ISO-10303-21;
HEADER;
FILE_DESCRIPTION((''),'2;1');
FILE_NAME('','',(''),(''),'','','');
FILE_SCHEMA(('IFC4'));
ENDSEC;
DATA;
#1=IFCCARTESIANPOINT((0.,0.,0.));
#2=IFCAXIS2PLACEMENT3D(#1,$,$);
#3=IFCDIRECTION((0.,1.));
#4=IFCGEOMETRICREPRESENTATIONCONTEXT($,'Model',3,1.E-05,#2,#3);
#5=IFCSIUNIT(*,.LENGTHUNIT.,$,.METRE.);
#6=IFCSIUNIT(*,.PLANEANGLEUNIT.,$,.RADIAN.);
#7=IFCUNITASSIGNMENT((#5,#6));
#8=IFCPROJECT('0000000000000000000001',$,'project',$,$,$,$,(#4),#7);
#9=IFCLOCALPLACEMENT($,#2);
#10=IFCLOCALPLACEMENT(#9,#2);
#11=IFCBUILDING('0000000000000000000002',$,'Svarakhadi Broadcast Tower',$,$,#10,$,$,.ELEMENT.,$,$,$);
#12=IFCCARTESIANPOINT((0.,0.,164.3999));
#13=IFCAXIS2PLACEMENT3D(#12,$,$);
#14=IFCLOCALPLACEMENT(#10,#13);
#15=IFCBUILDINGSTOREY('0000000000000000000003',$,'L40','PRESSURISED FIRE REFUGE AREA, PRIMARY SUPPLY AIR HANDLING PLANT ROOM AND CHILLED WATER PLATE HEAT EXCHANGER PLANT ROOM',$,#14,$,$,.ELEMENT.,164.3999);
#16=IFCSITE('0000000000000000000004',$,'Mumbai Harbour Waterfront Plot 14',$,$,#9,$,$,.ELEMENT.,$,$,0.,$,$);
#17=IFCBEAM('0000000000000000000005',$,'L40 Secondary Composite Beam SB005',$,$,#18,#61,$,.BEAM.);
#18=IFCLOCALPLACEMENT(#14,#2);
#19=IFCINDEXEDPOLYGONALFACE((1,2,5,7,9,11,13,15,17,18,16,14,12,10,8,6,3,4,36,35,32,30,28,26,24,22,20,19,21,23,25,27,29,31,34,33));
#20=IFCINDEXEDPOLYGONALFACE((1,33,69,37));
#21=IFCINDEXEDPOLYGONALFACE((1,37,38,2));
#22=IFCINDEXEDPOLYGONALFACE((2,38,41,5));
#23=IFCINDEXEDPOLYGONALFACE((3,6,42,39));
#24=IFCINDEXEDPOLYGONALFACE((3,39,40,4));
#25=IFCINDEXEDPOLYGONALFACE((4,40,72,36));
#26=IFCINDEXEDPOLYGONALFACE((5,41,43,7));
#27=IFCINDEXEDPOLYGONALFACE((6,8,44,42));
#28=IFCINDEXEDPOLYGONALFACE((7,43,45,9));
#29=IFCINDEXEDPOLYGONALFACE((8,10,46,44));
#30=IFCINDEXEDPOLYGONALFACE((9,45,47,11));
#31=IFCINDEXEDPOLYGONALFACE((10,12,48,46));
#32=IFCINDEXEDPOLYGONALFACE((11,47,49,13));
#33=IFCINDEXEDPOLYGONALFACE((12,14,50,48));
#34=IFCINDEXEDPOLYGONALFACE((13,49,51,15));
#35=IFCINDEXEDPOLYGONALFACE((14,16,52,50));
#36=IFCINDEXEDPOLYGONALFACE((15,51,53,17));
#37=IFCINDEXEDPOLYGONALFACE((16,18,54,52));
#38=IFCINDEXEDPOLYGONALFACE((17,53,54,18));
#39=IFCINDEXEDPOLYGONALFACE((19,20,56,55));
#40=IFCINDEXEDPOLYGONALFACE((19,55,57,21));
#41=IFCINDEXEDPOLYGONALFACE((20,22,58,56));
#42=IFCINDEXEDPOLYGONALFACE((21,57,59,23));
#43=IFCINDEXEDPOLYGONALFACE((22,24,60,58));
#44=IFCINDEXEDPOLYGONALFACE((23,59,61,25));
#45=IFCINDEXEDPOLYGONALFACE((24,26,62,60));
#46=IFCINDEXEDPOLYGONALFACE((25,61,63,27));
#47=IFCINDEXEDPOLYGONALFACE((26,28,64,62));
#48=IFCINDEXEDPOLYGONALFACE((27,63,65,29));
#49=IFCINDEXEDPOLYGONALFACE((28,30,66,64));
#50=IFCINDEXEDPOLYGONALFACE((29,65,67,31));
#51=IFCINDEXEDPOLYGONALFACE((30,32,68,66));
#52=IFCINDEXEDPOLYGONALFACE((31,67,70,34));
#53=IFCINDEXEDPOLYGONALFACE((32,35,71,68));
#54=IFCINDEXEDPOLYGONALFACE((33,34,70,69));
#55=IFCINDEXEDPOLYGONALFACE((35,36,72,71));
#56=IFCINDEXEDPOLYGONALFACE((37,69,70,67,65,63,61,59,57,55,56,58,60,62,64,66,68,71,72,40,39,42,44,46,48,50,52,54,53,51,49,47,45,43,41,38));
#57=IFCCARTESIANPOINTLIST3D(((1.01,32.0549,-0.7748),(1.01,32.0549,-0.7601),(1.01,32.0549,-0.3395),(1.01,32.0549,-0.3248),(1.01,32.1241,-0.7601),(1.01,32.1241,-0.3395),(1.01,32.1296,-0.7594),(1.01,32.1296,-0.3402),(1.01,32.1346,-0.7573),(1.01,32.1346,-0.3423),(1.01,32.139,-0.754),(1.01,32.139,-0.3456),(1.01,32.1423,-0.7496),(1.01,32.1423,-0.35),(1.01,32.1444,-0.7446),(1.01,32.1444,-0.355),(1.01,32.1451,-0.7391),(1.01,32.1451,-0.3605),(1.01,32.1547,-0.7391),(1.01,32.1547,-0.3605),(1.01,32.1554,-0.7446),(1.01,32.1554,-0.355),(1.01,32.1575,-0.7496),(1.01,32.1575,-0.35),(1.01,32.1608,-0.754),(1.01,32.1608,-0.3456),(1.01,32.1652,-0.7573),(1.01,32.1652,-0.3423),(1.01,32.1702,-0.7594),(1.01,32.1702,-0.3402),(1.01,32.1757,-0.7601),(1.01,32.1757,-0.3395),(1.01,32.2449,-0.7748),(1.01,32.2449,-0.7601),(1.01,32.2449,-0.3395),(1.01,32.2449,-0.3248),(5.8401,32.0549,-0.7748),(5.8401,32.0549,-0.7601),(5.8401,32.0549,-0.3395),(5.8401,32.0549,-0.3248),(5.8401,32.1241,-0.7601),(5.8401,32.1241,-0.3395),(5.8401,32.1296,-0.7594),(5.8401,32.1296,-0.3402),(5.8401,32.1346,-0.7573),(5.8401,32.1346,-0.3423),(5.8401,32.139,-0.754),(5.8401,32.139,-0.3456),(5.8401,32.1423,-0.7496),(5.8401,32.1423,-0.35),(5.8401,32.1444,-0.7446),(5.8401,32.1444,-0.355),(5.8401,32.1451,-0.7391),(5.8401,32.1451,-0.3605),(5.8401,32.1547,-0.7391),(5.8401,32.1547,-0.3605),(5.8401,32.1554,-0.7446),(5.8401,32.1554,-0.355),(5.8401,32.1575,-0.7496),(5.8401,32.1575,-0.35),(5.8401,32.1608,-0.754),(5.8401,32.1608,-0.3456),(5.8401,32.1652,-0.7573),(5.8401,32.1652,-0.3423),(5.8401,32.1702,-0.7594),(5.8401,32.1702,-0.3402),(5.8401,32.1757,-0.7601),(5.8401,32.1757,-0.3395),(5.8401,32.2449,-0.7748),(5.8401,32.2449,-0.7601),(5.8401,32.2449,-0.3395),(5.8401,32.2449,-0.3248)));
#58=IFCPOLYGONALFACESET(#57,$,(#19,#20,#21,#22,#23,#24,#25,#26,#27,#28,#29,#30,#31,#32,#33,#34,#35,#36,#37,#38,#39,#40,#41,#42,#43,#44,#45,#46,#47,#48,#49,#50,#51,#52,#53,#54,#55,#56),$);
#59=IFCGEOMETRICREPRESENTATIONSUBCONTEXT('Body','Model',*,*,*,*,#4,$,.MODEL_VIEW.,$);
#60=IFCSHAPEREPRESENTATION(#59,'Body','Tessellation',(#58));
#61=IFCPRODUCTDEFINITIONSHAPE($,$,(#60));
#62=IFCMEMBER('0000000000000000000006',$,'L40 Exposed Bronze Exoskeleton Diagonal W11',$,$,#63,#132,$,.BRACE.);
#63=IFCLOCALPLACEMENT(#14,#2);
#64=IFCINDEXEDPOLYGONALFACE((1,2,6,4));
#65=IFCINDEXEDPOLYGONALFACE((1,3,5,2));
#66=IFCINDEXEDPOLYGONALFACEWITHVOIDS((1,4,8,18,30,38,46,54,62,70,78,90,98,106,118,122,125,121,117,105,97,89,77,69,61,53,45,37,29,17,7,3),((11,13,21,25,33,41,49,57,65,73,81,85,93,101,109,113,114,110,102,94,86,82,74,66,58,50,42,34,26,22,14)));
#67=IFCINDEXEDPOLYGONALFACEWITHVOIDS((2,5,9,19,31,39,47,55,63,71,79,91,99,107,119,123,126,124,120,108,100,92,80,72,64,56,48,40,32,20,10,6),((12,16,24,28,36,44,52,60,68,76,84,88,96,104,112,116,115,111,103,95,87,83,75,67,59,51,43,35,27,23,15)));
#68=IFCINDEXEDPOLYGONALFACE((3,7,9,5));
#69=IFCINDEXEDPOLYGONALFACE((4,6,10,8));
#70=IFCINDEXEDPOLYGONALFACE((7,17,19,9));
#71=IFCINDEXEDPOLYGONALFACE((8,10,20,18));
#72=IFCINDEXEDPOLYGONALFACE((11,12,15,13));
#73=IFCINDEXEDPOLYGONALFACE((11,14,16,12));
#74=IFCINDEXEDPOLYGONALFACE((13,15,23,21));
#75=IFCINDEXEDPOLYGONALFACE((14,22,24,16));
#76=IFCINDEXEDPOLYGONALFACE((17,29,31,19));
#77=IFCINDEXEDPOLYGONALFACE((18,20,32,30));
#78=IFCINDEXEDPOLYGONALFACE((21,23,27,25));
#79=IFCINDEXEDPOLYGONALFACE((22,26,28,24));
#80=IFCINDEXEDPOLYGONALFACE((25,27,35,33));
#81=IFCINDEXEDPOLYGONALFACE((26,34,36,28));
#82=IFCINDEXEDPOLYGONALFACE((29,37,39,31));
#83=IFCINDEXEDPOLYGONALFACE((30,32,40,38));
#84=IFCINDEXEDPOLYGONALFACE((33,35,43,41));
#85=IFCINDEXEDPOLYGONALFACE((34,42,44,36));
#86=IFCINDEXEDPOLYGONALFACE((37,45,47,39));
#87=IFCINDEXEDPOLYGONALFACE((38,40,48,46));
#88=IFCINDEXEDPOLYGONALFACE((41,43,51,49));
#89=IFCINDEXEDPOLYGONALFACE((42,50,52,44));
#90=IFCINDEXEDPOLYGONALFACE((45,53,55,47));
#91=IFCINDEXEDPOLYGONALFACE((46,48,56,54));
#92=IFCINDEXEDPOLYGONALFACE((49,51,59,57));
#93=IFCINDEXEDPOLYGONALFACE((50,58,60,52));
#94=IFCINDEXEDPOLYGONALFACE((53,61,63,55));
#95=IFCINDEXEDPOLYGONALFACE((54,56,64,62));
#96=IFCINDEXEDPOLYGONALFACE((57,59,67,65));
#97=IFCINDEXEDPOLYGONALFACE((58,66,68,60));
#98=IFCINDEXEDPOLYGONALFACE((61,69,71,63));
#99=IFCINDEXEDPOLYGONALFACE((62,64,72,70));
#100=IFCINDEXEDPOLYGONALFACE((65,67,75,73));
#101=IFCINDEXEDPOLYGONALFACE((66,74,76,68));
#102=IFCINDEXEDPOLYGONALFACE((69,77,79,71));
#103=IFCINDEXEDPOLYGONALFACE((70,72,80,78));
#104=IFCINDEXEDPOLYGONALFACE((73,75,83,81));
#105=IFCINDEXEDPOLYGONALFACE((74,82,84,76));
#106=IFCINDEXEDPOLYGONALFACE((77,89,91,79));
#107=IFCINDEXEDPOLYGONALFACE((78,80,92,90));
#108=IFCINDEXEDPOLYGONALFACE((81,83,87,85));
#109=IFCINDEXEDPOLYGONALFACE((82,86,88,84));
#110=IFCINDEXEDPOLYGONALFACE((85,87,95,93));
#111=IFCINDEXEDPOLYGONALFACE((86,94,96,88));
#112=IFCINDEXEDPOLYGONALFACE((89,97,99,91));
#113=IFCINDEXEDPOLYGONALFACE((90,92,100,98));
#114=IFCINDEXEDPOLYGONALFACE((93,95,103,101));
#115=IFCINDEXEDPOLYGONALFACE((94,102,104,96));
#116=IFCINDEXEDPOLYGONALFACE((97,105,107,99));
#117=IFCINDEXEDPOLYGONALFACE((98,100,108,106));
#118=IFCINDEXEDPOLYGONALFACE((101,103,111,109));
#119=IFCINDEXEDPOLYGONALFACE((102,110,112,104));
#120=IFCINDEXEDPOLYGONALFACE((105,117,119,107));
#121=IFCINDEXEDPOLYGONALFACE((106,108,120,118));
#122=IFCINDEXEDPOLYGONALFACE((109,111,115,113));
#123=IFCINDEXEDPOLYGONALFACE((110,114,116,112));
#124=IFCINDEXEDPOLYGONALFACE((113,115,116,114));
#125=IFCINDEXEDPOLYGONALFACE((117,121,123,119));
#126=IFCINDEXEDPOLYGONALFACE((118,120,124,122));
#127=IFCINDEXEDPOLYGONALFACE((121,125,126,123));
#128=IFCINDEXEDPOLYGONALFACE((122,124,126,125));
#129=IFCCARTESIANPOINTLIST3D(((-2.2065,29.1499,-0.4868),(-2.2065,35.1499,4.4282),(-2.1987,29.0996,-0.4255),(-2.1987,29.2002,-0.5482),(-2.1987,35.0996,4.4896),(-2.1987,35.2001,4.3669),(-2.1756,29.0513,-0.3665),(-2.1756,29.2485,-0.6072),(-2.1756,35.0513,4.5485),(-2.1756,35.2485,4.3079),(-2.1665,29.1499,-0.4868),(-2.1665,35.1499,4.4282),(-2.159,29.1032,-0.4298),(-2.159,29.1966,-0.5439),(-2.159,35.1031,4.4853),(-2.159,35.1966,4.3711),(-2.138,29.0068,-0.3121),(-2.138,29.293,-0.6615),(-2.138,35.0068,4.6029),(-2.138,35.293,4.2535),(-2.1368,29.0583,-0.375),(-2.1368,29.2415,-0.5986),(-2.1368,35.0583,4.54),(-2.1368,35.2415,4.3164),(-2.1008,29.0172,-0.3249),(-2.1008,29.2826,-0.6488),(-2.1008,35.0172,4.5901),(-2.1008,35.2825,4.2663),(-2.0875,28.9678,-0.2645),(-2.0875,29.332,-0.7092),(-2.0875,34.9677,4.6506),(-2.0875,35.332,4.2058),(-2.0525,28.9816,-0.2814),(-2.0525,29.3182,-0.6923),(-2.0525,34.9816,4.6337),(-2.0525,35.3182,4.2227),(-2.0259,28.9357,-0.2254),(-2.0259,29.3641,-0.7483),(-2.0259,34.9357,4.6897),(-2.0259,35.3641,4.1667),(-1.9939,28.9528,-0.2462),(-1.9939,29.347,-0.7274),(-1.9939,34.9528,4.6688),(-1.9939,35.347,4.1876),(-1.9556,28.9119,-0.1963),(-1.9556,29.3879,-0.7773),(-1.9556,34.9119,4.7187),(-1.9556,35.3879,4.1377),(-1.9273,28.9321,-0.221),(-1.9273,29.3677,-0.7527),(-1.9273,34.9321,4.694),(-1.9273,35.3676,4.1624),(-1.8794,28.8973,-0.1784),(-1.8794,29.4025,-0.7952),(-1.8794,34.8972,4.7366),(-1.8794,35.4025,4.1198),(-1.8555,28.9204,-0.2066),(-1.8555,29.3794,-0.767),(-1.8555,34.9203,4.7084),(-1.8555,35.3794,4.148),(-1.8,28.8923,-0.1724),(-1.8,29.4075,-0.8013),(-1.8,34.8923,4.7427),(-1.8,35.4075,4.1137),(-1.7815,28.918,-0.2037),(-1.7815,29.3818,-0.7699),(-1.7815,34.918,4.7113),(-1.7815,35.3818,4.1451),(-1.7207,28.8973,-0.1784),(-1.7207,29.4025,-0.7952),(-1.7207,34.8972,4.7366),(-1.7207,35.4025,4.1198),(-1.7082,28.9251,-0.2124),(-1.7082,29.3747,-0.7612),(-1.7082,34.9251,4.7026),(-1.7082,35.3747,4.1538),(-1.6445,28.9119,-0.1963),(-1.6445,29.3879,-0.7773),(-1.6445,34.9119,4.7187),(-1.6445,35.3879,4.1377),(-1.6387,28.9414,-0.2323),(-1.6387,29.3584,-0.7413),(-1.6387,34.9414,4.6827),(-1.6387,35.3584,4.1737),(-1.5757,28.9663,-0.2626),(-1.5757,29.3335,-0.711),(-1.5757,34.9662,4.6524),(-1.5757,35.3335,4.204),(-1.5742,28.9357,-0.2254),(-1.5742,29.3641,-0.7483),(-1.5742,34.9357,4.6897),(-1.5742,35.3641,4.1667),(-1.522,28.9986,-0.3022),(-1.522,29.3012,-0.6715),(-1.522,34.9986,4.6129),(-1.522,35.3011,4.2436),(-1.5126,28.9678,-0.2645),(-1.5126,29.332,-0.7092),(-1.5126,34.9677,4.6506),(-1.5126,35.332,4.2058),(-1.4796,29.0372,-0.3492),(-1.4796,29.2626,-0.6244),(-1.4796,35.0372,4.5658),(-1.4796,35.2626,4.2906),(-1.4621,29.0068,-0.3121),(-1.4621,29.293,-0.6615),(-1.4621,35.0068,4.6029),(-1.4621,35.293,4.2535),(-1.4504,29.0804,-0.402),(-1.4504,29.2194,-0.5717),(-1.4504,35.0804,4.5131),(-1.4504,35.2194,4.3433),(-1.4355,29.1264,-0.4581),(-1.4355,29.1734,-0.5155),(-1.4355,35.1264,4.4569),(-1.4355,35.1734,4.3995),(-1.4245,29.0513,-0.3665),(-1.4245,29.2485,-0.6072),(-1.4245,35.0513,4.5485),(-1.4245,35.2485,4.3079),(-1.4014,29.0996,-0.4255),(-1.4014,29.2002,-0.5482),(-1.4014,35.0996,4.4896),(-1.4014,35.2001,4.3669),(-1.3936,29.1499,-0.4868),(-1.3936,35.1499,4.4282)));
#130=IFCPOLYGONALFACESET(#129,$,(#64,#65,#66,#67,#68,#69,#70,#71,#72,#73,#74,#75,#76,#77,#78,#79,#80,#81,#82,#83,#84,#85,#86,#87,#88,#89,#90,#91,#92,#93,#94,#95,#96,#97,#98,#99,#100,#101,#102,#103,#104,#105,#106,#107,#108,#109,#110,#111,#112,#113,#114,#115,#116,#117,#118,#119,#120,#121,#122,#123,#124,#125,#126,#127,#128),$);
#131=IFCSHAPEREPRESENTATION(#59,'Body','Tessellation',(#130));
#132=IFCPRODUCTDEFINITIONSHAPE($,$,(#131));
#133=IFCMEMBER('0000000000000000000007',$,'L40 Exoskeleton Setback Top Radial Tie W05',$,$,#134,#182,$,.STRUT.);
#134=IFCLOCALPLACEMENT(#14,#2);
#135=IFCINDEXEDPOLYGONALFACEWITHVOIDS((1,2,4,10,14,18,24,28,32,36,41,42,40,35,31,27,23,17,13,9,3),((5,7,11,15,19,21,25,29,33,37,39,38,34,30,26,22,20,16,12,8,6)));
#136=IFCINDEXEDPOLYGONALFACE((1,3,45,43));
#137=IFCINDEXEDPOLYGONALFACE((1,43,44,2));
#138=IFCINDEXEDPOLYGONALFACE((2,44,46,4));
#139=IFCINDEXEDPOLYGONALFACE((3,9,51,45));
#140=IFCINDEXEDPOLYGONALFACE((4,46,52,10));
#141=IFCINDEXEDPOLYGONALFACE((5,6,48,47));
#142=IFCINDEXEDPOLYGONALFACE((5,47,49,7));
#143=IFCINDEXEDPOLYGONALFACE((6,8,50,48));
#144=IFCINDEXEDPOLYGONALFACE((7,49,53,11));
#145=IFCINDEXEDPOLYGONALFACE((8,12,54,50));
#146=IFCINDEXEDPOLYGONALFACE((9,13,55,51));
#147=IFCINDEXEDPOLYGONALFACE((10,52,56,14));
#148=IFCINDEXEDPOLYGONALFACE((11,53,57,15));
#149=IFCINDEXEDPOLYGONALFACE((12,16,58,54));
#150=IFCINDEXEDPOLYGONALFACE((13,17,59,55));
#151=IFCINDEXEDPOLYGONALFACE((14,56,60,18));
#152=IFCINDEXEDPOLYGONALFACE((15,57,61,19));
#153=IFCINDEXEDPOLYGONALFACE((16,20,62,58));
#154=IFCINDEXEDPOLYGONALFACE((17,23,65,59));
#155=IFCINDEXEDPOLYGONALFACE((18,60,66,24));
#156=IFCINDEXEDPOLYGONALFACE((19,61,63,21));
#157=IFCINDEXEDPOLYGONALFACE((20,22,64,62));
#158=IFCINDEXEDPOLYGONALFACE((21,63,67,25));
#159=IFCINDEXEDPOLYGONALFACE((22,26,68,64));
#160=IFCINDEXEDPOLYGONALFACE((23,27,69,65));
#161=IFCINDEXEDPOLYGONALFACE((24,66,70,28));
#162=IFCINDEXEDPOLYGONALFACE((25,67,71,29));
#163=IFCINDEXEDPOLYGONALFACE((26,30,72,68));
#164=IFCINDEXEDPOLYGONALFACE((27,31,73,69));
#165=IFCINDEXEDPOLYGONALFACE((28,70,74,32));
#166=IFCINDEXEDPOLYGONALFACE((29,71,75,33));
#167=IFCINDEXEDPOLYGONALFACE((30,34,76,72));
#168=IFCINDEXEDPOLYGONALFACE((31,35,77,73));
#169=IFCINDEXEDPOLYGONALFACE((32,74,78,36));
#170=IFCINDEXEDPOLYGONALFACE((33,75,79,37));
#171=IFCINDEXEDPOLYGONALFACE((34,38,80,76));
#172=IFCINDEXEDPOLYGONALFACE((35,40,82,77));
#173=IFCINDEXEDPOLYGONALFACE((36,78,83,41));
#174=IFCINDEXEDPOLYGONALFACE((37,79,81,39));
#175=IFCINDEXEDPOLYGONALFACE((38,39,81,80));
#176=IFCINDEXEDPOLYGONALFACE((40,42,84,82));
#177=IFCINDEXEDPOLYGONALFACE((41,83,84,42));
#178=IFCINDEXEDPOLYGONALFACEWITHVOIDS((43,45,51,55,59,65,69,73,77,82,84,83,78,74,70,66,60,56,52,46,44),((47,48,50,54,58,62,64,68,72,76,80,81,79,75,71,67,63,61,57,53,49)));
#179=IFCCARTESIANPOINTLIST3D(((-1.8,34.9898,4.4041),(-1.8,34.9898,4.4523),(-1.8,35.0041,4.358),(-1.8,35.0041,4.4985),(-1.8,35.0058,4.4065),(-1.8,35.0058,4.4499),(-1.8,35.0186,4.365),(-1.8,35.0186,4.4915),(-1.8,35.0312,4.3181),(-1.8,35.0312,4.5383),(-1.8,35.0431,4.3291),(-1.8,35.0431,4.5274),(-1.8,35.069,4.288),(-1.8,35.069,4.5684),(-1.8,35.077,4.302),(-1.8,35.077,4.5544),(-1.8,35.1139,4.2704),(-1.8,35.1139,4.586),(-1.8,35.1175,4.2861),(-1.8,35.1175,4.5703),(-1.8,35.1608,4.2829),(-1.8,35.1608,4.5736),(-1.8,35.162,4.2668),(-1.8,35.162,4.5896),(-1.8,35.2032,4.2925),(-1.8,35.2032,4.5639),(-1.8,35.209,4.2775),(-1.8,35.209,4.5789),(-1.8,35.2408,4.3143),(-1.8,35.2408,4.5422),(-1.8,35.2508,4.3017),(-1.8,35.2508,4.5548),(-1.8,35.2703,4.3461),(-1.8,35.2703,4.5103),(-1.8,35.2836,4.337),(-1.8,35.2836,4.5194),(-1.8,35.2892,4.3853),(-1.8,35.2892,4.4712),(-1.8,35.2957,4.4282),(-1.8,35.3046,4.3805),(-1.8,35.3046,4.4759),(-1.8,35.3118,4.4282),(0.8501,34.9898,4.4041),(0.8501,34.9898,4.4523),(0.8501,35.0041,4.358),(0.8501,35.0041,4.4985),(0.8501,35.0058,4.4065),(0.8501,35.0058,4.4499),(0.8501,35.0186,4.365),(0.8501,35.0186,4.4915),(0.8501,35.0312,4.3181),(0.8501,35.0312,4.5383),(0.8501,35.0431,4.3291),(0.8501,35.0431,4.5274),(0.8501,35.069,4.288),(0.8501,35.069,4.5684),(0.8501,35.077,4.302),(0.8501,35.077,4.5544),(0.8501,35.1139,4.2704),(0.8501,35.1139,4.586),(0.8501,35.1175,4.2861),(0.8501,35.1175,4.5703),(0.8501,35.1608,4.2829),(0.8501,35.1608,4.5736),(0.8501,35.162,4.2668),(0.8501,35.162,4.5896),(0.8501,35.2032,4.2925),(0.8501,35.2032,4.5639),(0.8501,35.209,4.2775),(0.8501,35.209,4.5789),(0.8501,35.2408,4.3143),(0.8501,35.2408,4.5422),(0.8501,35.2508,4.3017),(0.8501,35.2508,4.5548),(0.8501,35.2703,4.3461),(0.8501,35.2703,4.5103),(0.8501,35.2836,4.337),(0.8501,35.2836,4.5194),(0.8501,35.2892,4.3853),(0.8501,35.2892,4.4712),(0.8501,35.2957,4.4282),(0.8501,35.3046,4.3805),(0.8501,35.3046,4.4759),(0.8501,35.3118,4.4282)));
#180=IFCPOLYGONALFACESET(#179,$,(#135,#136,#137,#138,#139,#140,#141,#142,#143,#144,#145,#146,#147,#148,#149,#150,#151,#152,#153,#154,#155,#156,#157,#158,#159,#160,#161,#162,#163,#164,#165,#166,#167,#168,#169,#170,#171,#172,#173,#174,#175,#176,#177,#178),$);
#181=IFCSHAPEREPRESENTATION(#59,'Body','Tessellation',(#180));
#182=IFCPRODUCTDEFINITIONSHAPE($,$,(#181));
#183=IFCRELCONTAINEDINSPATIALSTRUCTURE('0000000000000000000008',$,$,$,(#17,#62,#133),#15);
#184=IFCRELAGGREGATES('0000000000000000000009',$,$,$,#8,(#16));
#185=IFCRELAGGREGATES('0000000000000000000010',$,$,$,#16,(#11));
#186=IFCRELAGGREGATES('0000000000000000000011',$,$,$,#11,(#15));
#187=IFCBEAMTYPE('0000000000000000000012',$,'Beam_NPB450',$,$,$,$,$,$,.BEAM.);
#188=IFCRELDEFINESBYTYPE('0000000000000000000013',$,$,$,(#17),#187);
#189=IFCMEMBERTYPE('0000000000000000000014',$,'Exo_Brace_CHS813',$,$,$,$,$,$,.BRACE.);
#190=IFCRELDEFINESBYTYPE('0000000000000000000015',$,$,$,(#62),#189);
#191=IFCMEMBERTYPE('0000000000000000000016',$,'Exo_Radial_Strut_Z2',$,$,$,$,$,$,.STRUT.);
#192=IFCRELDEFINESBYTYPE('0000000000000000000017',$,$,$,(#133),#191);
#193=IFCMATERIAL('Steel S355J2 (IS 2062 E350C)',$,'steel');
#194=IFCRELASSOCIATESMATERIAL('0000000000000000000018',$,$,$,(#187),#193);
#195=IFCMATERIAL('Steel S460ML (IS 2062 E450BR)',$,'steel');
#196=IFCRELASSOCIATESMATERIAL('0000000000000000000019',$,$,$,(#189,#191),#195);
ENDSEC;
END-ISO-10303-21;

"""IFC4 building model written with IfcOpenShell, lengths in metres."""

from ifc_helpers import new_model, si_unit, direction, frame, origin, origin_2d, place, context, subcontext, project, spatial, hollow_circle, i_section, extrude, material, material_profile, profile_set, type_object, element, save


model = new_model("IFC4")

# Units and contexts
model_context = context("Model", 3, precision=1e-05, world=origin(), true_north=direction((0.0, 1.0)))
body_context = subcontext(model_context, "Body", "Model", "MODEL_VIEW")
ifc_project = project(units=[si_unit("LENGTHUNIT", "METRE"), si_unit("PLANEANGLEUNIT", "RADIAN")], contexts=[model_context])

# Site, building, storey
site_placement = place(None, origin())
site = spatial("IfcSite", under=ifc_project, at=site_placement, Name="Mumbai Harbour Waterfront Plot 14", CompositionType="ELEMENT", RefElevation=0.0)
building_placement = place(site_placement, origin())
building = spatial("IfcBuilding", under=site, at=building_placement, Name="Svarakhadi Broadcast Tower", CompositionType="ELEMENT")
storey_placement = place(building_placement, frame((0.0, 0.0, 164.3999)))
storey = spatial("IfcBuildingStorey", under=building, at=storey_placement, Name="L40", Description="PRESSURISED FIRE REFUGE AREA, PRIMARY SUPPLY AIR HANDLING PLANT ROOM AND CHILLED WATER PLATE HEAT EXCHANGER PLANT ROOM", CompositionType="ELEMENT", Elevation=164.3999)

# Shared definitions
ifc_material_1 = material(Name="Steel S460ML (IS 2062 E450BR)", Category="steel")

# Beam
ifc_material_2 = material(Name="Steel S355J2 (IS 2062 E350C)", Category="steel")
ifc_material_profile_1 = material_profile(ifc_material_2, i_section(OverallWidth=0.1899, OverallDepth=0.45, WebThickness=0.0095, FlangeThickness=0.0146, FilletRadius=0.021, at=origin_2d()), Name="NPB 450x190x78")
ifc_profile_set_1 = profile_set([ifc_material_profile_1], Name="Steel S355J2 (IS 2062 E350C)")
beam_type_1 = type_object("IfcBeamType", Name="Beam_NPB450", PredefinedType="BEAM", material=ifc_profile_set_1)
beam_1_placement = place(storey_placement, frame((1.01, 32.1499, -0.5498), z_axis=(1.0, 0.0, 0.0), x_axis=(0.0, 1.0, 0.0)))
element("IfcBeam", 1, at=beam_1_placement, inside=storey, type_object=beam_type_1, Name="L40 Secondary Composite Beam SB005", PredefinedType="BEAM", context=body_context, shape_type="SweptSolid", body=[
    extrude(i_section(OverallWidth=0.1899, OverallDepth=0.45, WebThickness=0.0095, FlangeThickness=0.0146, FilletRadius=0.021, at=origin_2d()), origin(), (0.0, 0.0, 1.0), 4.8301),
])

# Members
ifc_material_profile_2 = material_profile(ifc_material_1, hollow_circle(Radius=0.4065, WallThickness=0.04, at=origin_2d()), Name="CHS 813x40")
ifc_profile_set_2 = profile_set([ifc_material_profile_2], Name="Steel S460ML (IS 2062 E450BR)")
member_type_1 = type_object("IfcMemberType", Name="Exo_Brace_CHS813", PredefinedType="BRACE", material=ifc_profile_set_2)
member_1_placement = place(storey_placement, frame((-1.8, 29.1499, -0.4868), z_axis=(0.0, 0.773581, 0.633697), x_axis=(-1.0, 0.0, 0.0)))
element("IfcMember", 2, at=member_1_placement, inside=storey, type_object=member_type_1, Name="L40 Exposed Bronze Exoskeleton Diagonal W11", PredefinedType="BRACE", context=body_context, shape_type="SweptSolid", body=[
    extrude(hollow_circle(Radius=0.4065, WallThickness=0.04, at=origin_2d()), origin(), (0.0, 0.0, 1.0), 7.7561),
])
ifc_material_profile_3 = material_profile(ifc_material_1, hollow_circle(Radius=0.1619, WallThickness=0.0161, at=origin_2d()), Name="CHS 323.9x16")
ifc_profile_set_3 = profile_set([ifc_material_profile_3], Name="Steel S460ML (IS 2062 E450BR)")
member_type_2 = type_object("IfcMemberType", Name="Exo_Radial_Strut_Z2", PredefinedType="STRUT", material=ifc_profile_set_3)
member_2_placement = place(storey_placement, frame((-1.8, 35.1499, 4.4282), z_axis=(1.0, 0.0, 0.0), x_axis=(0.0, 1.0, 0.0)))
element("IfcMember", 3, at=member_2_placement, inside=storey, type_object=member_type_2, Name="L40 Exoskeleton Setback Top Radial Tie W05", PredefinedType="STRUT", context=body_context, shape_type="SweptSolid", body=[
    extrude(hollow_circle(Radius=0.1619, WallThickness=0.0161, at=origin_2d()), origin(), (0.0, 0.0, 1.0), 2.6501),
])

save(model, "model.ifc")
